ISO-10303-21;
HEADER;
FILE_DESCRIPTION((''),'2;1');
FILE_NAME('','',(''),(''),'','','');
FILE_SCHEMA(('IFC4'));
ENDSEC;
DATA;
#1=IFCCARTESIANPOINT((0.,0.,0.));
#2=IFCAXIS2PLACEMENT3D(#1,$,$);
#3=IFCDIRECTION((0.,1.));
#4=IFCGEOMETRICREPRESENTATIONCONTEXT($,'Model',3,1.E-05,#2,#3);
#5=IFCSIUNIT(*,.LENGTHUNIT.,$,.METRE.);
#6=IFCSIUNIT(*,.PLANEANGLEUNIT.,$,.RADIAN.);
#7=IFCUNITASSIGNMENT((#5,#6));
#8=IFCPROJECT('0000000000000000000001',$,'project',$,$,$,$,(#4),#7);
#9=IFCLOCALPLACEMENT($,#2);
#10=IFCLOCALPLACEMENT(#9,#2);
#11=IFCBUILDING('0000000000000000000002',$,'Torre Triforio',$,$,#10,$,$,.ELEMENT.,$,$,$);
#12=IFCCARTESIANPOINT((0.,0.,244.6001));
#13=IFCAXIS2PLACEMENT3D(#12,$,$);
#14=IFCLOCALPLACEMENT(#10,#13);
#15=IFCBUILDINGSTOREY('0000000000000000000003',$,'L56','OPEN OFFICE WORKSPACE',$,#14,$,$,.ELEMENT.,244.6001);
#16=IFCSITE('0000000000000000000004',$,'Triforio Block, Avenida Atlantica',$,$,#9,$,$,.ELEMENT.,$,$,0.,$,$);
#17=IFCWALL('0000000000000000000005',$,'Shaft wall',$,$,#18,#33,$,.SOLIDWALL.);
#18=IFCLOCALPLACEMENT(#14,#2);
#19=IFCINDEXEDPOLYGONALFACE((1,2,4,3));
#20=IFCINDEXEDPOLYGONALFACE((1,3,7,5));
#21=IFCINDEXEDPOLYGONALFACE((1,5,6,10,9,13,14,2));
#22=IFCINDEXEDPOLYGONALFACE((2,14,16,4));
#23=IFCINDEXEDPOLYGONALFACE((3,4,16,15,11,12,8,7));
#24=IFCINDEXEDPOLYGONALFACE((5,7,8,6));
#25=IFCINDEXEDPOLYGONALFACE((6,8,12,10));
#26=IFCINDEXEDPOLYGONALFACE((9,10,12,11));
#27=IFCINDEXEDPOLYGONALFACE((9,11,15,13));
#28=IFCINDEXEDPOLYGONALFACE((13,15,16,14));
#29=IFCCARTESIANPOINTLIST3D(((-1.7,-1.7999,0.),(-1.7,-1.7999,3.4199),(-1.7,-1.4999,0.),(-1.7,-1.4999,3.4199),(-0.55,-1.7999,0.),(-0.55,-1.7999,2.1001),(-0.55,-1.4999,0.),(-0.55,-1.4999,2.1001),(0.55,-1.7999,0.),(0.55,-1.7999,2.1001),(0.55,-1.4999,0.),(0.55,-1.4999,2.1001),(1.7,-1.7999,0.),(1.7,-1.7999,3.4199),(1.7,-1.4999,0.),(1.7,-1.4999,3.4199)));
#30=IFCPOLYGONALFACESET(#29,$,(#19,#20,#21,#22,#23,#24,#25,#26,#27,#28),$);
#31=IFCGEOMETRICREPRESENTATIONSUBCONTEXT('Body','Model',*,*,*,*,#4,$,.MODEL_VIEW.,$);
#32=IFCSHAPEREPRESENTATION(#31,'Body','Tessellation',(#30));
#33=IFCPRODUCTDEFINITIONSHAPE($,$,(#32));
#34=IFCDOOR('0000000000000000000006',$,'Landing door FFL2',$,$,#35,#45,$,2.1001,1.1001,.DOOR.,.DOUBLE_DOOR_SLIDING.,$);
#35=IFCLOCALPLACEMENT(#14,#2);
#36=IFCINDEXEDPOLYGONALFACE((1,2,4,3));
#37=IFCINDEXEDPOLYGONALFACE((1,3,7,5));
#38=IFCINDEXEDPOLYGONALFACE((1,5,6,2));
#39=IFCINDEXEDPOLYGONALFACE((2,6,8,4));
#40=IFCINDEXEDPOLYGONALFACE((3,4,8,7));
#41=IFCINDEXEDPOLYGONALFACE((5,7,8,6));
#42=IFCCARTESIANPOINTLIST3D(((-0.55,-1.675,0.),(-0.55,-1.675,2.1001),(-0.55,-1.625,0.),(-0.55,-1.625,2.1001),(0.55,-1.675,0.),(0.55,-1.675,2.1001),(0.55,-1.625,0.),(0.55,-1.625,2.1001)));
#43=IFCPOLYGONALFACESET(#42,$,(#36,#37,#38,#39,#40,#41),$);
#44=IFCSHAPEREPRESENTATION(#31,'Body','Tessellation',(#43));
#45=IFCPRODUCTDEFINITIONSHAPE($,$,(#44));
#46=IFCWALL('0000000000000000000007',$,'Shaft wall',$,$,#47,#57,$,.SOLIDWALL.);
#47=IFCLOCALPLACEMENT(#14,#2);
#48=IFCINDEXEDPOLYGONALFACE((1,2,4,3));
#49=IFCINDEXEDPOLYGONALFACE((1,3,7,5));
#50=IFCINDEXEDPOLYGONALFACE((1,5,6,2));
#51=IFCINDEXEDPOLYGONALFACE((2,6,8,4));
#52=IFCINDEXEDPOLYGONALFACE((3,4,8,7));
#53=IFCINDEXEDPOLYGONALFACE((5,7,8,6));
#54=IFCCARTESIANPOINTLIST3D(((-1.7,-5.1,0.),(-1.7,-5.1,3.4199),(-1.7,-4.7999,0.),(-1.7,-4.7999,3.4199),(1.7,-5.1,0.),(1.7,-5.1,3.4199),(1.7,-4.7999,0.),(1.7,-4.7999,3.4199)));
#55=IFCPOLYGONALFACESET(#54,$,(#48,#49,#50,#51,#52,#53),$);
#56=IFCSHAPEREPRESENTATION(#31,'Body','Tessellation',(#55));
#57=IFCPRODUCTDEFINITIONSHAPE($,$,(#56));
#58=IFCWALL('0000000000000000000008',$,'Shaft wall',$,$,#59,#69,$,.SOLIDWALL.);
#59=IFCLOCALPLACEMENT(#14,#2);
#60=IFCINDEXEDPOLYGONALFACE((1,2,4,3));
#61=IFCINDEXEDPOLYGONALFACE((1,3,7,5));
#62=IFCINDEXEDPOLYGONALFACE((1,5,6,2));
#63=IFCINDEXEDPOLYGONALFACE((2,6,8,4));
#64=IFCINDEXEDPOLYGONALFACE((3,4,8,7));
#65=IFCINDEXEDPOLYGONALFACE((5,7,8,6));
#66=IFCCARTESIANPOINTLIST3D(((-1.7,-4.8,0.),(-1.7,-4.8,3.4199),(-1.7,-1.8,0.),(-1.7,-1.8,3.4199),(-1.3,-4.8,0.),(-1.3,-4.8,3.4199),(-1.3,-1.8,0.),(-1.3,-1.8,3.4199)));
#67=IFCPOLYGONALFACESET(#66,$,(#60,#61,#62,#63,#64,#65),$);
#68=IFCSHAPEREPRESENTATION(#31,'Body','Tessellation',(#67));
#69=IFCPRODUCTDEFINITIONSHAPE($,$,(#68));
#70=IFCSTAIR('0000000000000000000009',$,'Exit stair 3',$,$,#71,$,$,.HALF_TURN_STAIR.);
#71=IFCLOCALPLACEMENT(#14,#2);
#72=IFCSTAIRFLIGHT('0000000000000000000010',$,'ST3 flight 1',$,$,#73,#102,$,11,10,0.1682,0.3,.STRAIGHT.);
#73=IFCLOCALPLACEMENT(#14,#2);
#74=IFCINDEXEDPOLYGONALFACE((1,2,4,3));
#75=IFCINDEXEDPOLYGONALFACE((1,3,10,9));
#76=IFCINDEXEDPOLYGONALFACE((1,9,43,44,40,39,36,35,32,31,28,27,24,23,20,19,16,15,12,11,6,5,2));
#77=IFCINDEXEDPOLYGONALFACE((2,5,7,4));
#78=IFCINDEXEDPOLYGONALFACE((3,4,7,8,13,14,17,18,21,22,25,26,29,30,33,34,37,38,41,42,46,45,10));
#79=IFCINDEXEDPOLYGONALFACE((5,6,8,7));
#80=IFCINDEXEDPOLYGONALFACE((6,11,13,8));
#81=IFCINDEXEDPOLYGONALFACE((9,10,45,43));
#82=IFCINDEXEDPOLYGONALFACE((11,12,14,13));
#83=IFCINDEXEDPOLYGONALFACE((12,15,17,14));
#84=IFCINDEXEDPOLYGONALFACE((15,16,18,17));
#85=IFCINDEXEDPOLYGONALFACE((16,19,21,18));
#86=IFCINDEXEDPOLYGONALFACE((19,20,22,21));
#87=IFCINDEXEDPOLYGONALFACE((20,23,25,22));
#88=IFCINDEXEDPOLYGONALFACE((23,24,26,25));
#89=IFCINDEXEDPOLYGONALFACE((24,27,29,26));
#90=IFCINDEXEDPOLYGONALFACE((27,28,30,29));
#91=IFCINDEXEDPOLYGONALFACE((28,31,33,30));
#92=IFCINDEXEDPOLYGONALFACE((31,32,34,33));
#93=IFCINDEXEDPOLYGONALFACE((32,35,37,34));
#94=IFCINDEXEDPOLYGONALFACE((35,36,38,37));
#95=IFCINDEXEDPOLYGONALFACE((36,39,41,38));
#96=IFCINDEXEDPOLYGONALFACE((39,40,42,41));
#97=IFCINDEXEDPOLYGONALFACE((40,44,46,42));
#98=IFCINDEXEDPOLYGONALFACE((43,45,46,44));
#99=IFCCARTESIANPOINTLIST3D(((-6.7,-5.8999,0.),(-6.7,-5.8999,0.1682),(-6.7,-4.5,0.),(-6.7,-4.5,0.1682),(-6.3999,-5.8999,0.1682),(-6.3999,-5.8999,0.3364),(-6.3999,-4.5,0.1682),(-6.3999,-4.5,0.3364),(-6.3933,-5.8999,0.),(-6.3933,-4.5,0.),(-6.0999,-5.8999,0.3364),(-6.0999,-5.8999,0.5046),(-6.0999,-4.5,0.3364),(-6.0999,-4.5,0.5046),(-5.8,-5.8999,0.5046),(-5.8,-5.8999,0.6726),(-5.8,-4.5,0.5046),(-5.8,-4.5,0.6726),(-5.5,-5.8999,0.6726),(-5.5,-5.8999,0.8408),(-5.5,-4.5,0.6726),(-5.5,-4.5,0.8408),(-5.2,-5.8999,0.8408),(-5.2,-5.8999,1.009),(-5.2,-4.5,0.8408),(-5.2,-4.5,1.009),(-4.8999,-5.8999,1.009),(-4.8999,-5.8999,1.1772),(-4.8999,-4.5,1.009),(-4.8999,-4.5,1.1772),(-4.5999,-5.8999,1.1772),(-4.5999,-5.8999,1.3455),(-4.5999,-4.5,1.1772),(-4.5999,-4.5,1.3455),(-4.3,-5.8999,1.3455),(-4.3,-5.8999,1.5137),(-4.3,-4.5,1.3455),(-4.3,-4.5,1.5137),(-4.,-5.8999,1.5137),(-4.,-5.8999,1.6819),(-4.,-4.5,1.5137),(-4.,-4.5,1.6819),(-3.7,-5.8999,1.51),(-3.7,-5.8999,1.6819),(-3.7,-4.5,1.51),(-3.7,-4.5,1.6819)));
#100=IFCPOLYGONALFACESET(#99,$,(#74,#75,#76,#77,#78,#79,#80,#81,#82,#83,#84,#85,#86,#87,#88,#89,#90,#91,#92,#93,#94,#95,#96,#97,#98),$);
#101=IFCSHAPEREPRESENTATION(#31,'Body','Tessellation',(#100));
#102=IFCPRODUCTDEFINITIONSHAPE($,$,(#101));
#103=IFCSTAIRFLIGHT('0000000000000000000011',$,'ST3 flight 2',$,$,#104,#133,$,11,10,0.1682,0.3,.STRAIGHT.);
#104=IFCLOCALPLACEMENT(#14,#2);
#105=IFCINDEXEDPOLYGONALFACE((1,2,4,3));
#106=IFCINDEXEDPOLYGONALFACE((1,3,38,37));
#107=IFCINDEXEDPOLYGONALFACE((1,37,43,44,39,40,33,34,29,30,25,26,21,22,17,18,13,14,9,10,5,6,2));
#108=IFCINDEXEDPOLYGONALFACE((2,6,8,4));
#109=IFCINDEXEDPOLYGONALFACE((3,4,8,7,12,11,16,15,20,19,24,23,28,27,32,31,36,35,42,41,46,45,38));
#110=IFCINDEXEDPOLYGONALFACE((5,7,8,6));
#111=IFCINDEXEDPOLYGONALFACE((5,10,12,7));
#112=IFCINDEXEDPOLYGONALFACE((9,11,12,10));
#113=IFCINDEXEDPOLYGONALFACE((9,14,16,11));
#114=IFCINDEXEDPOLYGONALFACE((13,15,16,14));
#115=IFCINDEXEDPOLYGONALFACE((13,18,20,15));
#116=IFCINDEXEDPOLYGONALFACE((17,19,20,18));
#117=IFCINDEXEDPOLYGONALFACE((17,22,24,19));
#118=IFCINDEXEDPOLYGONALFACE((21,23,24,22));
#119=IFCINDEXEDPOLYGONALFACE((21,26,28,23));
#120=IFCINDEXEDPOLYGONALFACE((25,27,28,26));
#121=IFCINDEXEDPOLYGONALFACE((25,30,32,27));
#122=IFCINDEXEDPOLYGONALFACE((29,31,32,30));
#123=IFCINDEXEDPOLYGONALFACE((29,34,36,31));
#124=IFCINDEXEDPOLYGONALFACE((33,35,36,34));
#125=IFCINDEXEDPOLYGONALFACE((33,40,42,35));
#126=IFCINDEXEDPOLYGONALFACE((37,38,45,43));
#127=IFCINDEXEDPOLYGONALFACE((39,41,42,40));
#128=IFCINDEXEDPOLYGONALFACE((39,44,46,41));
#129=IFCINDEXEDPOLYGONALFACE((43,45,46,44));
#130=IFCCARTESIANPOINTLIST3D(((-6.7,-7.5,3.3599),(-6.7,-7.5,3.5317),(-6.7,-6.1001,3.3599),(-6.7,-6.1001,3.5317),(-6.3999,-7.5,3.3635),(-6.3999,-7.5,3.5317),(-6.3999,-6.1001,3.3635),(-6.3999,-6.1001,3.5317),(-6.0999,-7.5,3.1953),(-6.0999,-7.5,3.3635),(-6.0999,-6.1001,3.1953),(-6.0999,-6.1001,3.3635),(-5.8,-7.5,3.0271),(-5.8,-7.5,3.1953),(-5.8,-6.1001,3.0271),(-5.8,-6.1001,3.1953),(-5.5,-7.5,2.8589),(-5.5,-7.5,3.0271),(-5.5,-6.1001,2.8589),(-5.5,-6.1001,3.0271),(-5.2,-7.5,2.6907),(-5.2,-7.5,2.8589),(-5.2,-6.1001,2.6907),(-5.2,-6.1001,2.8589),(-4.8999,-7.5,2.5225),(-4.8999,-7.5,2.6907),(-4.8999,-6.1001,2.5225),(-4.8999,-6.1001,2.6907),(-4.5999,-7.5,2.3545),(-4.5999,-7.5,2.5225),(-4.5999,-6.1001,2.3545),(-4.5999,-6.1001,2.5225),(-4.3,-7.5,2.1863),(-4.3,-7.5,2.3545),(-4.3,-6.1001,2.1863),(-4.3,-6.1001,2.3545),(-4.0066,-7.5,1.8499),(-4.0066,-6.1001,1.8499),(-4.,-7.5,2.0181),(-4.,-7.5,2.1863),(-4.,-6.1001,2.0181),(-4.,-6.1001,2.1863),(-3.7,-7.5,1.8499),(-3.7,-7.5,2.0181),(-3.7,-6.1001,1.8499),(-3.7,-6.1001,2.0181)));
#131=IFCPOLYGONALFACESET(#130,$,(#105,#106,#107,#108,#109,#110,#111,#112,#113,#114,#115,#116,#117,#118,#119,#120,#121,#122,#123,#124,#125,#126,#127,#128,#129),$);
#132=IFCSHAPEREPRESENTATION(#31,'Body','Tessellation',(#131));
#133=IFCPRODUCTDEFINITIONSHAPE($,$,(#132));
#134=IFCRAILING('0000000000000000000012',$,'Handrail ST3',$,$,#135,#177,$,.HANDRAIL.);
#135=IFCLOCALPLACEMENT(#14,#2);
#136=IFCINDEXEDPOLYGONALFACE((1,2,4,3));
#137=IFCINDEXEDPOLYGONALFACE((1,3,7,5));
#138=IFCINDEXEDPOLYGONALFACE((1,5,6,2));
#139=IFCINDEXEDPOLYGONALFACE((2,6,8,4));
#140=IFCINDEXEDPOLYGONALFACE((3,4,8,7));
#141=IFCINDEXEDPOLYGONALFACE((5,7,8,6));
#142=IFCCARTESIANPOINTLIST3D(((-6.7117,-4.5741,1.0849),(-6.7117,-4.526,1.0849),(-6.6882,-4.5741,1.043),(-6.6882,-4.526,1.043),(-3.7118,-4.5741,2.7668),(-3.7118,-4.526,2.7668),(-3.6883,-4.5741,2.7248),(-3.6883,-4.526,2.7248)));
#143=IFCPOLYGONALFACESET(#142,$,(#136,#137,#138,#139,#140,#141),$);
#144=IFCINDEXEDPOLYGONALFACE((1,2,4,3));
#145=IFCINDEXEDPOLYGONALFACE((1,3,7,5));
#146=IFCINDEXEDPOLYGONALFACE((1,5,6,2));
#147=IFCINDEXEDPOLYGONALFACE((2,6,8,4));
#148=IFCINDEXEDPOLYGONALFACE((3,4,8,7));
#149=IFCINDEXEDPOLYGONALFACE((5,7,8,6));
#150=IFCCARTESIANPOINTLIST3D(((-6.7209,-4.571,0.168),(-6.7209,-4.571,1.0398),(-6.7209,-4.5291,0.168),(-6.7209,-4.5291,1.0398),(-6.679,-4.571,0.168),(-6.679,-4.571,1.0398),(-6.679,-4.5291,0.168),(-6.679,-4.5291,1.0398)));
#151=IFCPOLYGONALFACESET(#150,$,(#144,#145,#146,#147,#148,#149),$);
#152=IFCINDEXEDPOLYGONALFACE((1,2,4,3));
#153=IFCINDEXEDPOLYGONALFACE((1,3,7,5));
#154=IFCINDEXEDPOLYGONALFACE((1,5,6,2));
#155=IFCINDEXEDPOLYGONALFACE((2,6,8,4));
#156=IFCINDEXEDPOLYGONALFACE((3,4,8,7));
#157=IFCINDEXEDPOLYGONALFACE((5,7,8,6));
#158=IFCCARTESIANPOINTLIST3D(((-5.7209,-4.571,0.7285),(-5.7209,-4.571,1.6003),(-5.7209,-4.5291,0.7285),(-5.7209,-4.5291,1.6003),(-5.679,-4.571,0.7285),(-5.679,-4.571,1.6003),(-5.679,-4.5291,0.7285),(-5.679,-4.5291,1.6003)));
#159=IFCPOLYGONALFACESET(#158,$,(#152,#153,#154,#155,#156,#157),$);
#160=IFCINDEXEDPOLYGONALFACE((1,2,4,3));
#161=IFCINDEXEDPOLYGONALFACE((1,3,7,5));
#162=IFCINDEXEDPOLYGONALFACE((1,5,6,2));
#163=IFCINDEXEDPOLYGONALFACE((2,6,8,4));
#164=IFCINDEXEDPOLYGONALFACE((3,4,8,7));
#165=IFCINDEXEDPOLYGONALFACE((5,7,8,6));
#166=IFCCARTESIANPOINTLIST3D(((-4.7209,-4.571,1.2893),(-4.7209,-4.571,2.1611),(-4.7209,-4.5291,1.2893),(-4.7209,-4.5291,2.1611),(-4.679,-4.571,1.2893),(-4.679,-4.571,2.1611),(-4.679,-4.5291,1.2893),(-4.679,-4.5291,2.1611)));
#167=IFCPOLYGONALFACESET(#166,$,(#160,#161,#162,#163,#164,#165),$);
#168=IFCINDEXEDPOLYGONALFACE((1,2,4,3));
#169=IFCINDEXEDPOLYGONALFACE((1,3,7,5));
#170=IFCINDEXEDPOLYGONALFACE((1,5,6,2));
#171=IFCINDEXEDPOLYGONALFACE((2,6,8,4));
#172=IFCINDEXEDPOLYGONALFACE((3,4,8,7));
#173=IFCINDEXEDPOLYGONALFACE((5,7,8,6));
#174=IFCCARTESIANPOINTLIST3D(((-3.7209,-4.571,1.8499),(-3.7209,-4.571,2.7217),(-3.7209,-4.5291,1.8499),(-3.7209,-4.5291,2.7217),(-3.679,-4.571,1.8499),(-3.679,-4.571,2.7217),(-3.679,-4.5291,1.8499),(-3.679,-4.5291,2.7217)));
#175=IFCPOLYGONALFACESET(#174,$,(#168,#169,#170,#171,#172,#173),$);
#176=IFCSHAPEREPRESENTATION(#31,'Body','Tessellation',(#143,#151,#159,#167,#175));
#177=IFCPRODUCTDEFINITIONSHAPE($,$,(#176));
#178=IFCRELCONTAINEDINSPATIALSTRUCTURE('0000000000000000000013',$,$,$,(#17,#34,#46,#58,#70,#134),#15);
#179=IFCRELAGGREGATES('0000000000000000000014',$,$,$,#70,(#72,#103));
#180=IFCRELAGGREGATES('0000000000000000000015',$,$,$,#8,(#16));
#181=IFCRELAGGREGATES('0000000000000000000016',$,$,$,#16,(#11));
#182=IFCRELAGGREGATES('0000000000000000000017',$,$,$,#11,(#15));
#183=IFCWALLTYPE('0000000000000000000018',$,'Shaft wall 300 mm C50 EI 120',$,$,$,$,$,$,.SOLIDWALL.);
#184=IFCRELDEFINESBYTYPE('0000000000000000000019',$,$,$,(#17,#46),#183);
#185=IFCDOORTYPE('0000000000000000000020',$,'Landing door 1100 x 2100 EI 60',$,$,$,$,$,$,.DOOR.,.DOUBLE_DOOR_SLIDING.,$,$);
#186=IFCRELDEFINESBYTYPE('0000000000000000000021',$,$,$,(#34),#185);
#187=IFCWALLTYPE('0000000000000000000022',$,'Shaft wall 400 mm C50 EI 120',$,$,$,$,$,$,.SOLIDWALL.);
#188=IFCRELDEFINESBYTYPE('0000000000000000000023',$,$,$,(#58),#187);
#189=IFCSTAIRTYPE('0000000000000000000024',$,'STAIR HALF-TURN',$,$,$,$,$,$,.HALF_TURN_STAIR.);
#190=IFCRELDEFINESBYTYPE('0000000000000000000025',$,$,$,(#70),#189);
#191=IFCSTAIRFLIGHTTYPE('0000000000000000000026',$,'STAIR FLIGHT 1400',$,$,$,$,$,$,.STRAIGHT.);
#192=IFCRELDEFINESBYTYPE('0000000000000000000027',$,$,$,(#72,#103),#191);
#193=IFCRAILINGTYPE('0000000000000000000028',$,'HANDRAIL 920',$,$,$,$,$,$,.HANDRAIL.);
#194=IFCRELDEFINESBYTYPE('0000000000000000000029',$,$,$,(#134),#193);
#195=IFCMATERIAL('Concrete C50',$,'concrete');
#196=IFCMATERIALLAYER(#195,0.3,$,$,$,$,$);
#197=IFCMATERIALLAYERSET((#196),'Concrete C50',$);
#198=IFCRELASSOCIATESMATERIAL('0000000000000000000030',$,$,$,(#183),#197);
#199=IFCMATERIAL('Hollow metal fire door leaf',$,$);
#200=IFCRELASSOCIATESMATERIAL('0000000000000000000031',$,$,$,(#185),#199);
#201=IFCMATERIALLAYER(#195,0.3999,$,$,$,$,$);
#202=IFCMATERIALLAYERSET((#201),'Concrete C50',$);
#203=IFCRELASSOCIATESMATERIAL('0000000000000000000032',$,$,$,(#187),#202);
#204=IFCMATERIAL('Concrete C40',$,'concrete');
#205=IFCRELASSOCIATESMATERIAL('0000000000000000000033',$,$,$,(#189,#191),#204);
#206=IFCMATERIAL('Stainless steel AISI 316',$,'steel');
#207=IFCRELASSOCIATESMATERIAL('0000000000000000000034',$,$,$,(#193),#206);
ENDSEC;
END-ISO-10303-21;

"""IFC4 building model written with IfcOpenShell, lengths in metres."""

from ifc_helpers import new_model, si_unit, direction, frame, frame_2d, origin, origin_2d, place, context, subcontext, project, spatial, polyline, rectangle, outline, extrude, material, layer, layer_set, type_object, element, fill, aggregate, save


model = new_model("IFC4")

# Units and contexts
model_context = context("Model", 3, precision=1e-05, world=origin(), true_north=direction((0.0, 1.0)))
body_context = subcontext(model_context, "Body", "Model", "MODEL_VIEW")
ifc_project = project(units=[si_unit("LENGTHUNIT", "METRE"), si_unit("PLANEANGLEUNIT", "RADIAN")], contexts=[model_context])

# Site, building, storey
site_placement = place(None, origin())
site = spatial("IfcSite", under=ifc_project, at=site_placement, Name="Triforio Block, Avenida Atlantica", CompositionType="ELEMENT", RefElevation=0.0)
building_placement = place(site_placement, origin())
building = spatial("IfcBuilding", under=site, at=building_placement, Name="Torre Triforio", CompositionType="ELEMENT")
storey_placement = place(building_placement, frame((0.0, 0.0, 244.6001)))
storey = spatial("IfcBuildingStorey", under=building, at=storey_placement, Name="L56", Description="OPEN OFFICE WORKSPACE", CompositionType="ELEMENT", Elevation=244.6001)

# Shared definitions
ifc_material_1 = material(Name="Concrete C40", Category="concrete")

# Shared definitions
ifc_material_2 = material(Name="Hollow metal fire door leaf")

# Shared definitions
ifc_material_3 = material(Name="Concrete C50", Category="concrete")
ifc_layer_1 = layer(ifc_material_3, 0.3)
ifc_layer_set_1 = layer_set([ifc_layer_1], Name="Concrete C50")
wall_type_1 = type_object("IfcWallType", Name="Shaft wall 300 mm C50 EI 120", PredefinedType="SOLIDWALL", material=ifc_layer_set_1)

# Wall, opening, door
wall_1_placement = place(storey_placement, frame((-1.7, -1.6499, 0.0), z_axis=(0.0, 0.0, 1.0), x_axis=(1.0, 0.0, 0.0)))
wall_1 = element("IfcWall", 1, at=wall_1_placement, inside=storey, type_object=wall_type_1, Name="Shaft wall", PredefinedType="SOLIDWALL", context=body_context, shape_type="SweptSolid", body=[
    extrude(rectangle(XDim=3.3999, YDim=0.3, at=frame_2d((1.7, 0.0))), origin(), (0.0, 0.0, 1.0), 3.4199),
])
opening_1_placement = place(wall_1_placement, frame((1.1499, 0.0, 0.0)))
opening_1 = element("IfcOpeningElement", 2, at=opening_1_placement, cuts=wall_1, PredefinedType="OPENING", context=body_context, shape_type="SweptSolid", body=[
    extrude(rectangle(XDim=1.1001, YDim=2.1001, at=frame_2d((0.55, 1.05))), frame((0.0, 0.1599, 0.0), z_axis=(0.0, -1.0, 0.0), x_axis=(1.0, 0.0, 0.0)), (0.0, 0.0, 1.0), 0.3201),
])
door_type_1 = type_object("IfcDoorType", Name="Landing door 1100 x 2100 EI 60", OperationType="DOUBLE_DOOR_SLIDING", PredefinedType="DOOR", material=ifc_material_2)
door_1_placement = place(opening_1_placement, origin())
door_1 = element("IfcDoor", 3, at=door_1_placement, inside=storey, type_object=door_type_1, Name="Landing door FFL2", OperationType="DOUBLE_DOOR_SLIDING", OverallHeight=2.1001, OverallWidth=1.1001, PredefinedType="DOOR", context=body_context, shape_type="SweptSolid", body=[
    extrude(rectangle(XDim=1.1001, YDim=2.1001, at=frame_2d((0.55, 1.05))), frame((0.0, 0.0249, 0.0), z_axis=(0.0, -1.0, 0.0), x_axis=(1.0, 0.0, 0.0)), (0.0, 0.0, 1.0), 0.05),
])
fill(opening_1, door_1)

# Walls
wall_2_placement = place(storey_placement, frame((-1.7, -4.95, 0.0), z_axis=(0.0, 0.0, 1.0), x_axis=(1.0, 0.0, 0.0)))
element("IfcWall", 4, at=wall_2_placement, inside=storey, type_object=wall_type_1, Name="Shaft wall", PredefinedType="SOLIDWALL", context=body_context, shape_type="SweptSolid", body=[
    extrude(rectangle(XDim=3.3999, YDim=0.3, at=frame_2d((1.7, 0.0))), origin(), (0.0, 0.0, 1.0), 3.4199),
])
ifc_layer_2 = layer(ifc_material_3, 0.3999)
ifc_layer_set_2 = layer_set([ifc_layer_2], Name="Concrete C50")
wall_type_2 = type_object("IfcWallType", Name="Shaft wall 400 mm C50 EI 120", PredefinedType="SOLIDWALL", material=ifc_layer_set_2)
wall_3_placement = place(storey_placement, frame((-1.5, -4.8, 0.0), z_axis=(0.0, 0.0, 1.0), x_axis=(0.0, 1.0, 0.0)))
element("IfcWall", 5, at=wall_3_placement, inside=storey, type_object=wall_type_2, Name="Shaft wall", PredefinedType="SOLIDWALL", context=body_context, shape_type="SweptSolid", body=[
    extrude(rectangle(XDim=3.0, YDim=0.3999, at=frame_2d((1.5, 0.0))), origin(), (0.0, 0.0, 1.0), 3.4199),
])

# Stair, stair flights
stair_type = type_object("IfcStairType", Name="STAIR HALF-TURN", PredefinedType="HALF_TURN_STAIR", material=ifc_material_1)
stair_placement = place(storey_placement, origin())
stair = element("IfcStair", 6, at=stair_placement, inside=storey, type_object=stair_type, Name="Exit stair 3", PredefinedType="HALF_TURN_STAIR")
stair_flight_type = type_object("IfcStairFlightType", Name="STAIR FLIGHT 1400", PredefinedType="STRAIGHT", material=ifc_material_1)
stair_flight_1_placement = place(storey_placement, frame((-6.7, -5.2, 0.0), z_axis=(0.0, 0.0, 1.0), x_axis=(1.0, 0.0, 0.0)))
stair_flight_1 = element("IfcStairFlight", 7, at=stair_flight_1_placement, type_object=stair_flight_type, Name="ST3 flight 1", NumberOfRisers=11, NumberOfTreads=10, PredefinedType="STRAIGHT", RiserHeight=0.1682, TreadLength=0.3, context=body_context, shape_type="SweptSolid", body=[
    extrude(outline(polyline([(0.0, 0.0), (0.0, 0.1682), (0.3, 0.1682), (0.3, 0.3364), (0.6001, 0.3364), (0.6001, 0.5046), (0.8999, 0.5046), (0.8999, 0.6726), (1.2, 0.6726), (1.2, 0.8408), (1.5, 0.8408), (1.5, 1.009), (1.8, 1.009), (1.8, 1.1772), (2.1001, 1.1772), (2.1001, 1.3455), (2.3999, 1.3455), (2.3999, 1.5137), (2.7, 1.5137), (2.7, 1.6819), (3.0, 1.6819), (3.0, 1.8501), (3.0, 1.51), (0.3066, 0.0), (0.0, 0.0)])), frame((0.0, 0.7, 0.0), z_axis=(0.0, -1.0, 0.0), x_axis=(1.0, 0.0, 0.0)), (0.0, 0.0, 1.0), 1.3999),
])
stair_flight_2_placement = place(storey_placement, frame((-3.7, -6.8, 1.8499), z_axis=(0.0, 0.0, 1.0), x_axis=(-1.0, 0.0, 0.0)))
stair_flight_2 = element("IfcStairFlight", 8, at=stair_flight_2_placement, type_object=stair_flight_type, Name="ST3 flight 2", NumberOfRisers=11, NumberOfTreads=10, PredefinedType="STRAIGHT", RiserHeight=0.1682, TreadLength=0.3, context=body_context, shape_type="SweptSolid", body=[
    extrude(outline(polyline([(0.0, 0.0), (0.0, 0.1682), (0.3, 0.1682), (0.3, 0.3364), (0.6001, 0.3364), (0.6001, 0.5046), (0.8999, 0.5046), (0.8999, 0.6726), (1.2, 0.6726), (1.2, 0.8408), (1.5, 0.8408), (1.5, 1.009), (1.8, 1.009), (1.8, 1.1772), (2.1001, 1.1772), (2.1001, 1.3455), (2.3999, 1.3455), (2.3999, 1.5137), (2.7, 1.5137), (2.7, 1.6819), (3.0, 1.6819), (3.0, 1.8501), (3.0, 1.51), (0.3066, 0.0), (0.0, 0.0)])), frame((0.0, 0.7, 0.0), z_axis=(0.0, -1.0, 0.0), x_axis=(1.0, 0.0, 0.0)), (0.0, 0.0, 1.0), 1.3999),
])
aggregate(stair, [stair_flight_1, stair_flight_2])

# Railing
ifc_material_4 = material(Name="Stainless steel AISI 316", Category="steel")
railing_type = type_object("IfcRailingType", Name="HANDRAIL 920", PredefinedType="HANDRAIL", material=ifc_material_4)
for number, where, name in (
    (9, (-6.7, -4.55, 0.168), "Handrail ST3"),
):
    element("IfcRailing", number, at=place(storey_placement, frame(where)), inside=storey, type_object=railing_type, Name=name, PredefinedType="HANDRAIL", context=body_context, shape_type="SweptSolid", body=[
        extrude(rectangle(XDim=0.0481, YDim=0.0481, at=origin_2d()), frame((0.0, 0.0, 0.896), z_axis=(0.872272, 0.0, 0.48902), x_axis=(0.0, 1.0, 0.0)), (0.0, 0.0, 1.0), 3.4392),
        extrude(rectangle(XDim=0.042, YDim=0.042, at=origin_2d()), origin(), (0.0, 0.0, 1.0), 0.8718),
        extrude(rectangle(XDim=0.042, YDim=0.042, at=origin_2d()), frame((1.0, 0.0, 0.5605)), (0.0, 0.0, 1.0), 0.8718),
        extrude(rectangle(XDim=0.042, YDim=0.042, at=origin_2d()), frame((2.0, 0.0, 1.1213)), (0.0, 0.0, 1.0), 0.8718),
        extrude(rectangle(XDim=0.042, YDim=0.042, at=origin_2d()), frame((3.0, 0.0, 1.6819)), (0.0, 0.0, 1.0), 0.8718),
    ])

save(model, "model.ifc")
